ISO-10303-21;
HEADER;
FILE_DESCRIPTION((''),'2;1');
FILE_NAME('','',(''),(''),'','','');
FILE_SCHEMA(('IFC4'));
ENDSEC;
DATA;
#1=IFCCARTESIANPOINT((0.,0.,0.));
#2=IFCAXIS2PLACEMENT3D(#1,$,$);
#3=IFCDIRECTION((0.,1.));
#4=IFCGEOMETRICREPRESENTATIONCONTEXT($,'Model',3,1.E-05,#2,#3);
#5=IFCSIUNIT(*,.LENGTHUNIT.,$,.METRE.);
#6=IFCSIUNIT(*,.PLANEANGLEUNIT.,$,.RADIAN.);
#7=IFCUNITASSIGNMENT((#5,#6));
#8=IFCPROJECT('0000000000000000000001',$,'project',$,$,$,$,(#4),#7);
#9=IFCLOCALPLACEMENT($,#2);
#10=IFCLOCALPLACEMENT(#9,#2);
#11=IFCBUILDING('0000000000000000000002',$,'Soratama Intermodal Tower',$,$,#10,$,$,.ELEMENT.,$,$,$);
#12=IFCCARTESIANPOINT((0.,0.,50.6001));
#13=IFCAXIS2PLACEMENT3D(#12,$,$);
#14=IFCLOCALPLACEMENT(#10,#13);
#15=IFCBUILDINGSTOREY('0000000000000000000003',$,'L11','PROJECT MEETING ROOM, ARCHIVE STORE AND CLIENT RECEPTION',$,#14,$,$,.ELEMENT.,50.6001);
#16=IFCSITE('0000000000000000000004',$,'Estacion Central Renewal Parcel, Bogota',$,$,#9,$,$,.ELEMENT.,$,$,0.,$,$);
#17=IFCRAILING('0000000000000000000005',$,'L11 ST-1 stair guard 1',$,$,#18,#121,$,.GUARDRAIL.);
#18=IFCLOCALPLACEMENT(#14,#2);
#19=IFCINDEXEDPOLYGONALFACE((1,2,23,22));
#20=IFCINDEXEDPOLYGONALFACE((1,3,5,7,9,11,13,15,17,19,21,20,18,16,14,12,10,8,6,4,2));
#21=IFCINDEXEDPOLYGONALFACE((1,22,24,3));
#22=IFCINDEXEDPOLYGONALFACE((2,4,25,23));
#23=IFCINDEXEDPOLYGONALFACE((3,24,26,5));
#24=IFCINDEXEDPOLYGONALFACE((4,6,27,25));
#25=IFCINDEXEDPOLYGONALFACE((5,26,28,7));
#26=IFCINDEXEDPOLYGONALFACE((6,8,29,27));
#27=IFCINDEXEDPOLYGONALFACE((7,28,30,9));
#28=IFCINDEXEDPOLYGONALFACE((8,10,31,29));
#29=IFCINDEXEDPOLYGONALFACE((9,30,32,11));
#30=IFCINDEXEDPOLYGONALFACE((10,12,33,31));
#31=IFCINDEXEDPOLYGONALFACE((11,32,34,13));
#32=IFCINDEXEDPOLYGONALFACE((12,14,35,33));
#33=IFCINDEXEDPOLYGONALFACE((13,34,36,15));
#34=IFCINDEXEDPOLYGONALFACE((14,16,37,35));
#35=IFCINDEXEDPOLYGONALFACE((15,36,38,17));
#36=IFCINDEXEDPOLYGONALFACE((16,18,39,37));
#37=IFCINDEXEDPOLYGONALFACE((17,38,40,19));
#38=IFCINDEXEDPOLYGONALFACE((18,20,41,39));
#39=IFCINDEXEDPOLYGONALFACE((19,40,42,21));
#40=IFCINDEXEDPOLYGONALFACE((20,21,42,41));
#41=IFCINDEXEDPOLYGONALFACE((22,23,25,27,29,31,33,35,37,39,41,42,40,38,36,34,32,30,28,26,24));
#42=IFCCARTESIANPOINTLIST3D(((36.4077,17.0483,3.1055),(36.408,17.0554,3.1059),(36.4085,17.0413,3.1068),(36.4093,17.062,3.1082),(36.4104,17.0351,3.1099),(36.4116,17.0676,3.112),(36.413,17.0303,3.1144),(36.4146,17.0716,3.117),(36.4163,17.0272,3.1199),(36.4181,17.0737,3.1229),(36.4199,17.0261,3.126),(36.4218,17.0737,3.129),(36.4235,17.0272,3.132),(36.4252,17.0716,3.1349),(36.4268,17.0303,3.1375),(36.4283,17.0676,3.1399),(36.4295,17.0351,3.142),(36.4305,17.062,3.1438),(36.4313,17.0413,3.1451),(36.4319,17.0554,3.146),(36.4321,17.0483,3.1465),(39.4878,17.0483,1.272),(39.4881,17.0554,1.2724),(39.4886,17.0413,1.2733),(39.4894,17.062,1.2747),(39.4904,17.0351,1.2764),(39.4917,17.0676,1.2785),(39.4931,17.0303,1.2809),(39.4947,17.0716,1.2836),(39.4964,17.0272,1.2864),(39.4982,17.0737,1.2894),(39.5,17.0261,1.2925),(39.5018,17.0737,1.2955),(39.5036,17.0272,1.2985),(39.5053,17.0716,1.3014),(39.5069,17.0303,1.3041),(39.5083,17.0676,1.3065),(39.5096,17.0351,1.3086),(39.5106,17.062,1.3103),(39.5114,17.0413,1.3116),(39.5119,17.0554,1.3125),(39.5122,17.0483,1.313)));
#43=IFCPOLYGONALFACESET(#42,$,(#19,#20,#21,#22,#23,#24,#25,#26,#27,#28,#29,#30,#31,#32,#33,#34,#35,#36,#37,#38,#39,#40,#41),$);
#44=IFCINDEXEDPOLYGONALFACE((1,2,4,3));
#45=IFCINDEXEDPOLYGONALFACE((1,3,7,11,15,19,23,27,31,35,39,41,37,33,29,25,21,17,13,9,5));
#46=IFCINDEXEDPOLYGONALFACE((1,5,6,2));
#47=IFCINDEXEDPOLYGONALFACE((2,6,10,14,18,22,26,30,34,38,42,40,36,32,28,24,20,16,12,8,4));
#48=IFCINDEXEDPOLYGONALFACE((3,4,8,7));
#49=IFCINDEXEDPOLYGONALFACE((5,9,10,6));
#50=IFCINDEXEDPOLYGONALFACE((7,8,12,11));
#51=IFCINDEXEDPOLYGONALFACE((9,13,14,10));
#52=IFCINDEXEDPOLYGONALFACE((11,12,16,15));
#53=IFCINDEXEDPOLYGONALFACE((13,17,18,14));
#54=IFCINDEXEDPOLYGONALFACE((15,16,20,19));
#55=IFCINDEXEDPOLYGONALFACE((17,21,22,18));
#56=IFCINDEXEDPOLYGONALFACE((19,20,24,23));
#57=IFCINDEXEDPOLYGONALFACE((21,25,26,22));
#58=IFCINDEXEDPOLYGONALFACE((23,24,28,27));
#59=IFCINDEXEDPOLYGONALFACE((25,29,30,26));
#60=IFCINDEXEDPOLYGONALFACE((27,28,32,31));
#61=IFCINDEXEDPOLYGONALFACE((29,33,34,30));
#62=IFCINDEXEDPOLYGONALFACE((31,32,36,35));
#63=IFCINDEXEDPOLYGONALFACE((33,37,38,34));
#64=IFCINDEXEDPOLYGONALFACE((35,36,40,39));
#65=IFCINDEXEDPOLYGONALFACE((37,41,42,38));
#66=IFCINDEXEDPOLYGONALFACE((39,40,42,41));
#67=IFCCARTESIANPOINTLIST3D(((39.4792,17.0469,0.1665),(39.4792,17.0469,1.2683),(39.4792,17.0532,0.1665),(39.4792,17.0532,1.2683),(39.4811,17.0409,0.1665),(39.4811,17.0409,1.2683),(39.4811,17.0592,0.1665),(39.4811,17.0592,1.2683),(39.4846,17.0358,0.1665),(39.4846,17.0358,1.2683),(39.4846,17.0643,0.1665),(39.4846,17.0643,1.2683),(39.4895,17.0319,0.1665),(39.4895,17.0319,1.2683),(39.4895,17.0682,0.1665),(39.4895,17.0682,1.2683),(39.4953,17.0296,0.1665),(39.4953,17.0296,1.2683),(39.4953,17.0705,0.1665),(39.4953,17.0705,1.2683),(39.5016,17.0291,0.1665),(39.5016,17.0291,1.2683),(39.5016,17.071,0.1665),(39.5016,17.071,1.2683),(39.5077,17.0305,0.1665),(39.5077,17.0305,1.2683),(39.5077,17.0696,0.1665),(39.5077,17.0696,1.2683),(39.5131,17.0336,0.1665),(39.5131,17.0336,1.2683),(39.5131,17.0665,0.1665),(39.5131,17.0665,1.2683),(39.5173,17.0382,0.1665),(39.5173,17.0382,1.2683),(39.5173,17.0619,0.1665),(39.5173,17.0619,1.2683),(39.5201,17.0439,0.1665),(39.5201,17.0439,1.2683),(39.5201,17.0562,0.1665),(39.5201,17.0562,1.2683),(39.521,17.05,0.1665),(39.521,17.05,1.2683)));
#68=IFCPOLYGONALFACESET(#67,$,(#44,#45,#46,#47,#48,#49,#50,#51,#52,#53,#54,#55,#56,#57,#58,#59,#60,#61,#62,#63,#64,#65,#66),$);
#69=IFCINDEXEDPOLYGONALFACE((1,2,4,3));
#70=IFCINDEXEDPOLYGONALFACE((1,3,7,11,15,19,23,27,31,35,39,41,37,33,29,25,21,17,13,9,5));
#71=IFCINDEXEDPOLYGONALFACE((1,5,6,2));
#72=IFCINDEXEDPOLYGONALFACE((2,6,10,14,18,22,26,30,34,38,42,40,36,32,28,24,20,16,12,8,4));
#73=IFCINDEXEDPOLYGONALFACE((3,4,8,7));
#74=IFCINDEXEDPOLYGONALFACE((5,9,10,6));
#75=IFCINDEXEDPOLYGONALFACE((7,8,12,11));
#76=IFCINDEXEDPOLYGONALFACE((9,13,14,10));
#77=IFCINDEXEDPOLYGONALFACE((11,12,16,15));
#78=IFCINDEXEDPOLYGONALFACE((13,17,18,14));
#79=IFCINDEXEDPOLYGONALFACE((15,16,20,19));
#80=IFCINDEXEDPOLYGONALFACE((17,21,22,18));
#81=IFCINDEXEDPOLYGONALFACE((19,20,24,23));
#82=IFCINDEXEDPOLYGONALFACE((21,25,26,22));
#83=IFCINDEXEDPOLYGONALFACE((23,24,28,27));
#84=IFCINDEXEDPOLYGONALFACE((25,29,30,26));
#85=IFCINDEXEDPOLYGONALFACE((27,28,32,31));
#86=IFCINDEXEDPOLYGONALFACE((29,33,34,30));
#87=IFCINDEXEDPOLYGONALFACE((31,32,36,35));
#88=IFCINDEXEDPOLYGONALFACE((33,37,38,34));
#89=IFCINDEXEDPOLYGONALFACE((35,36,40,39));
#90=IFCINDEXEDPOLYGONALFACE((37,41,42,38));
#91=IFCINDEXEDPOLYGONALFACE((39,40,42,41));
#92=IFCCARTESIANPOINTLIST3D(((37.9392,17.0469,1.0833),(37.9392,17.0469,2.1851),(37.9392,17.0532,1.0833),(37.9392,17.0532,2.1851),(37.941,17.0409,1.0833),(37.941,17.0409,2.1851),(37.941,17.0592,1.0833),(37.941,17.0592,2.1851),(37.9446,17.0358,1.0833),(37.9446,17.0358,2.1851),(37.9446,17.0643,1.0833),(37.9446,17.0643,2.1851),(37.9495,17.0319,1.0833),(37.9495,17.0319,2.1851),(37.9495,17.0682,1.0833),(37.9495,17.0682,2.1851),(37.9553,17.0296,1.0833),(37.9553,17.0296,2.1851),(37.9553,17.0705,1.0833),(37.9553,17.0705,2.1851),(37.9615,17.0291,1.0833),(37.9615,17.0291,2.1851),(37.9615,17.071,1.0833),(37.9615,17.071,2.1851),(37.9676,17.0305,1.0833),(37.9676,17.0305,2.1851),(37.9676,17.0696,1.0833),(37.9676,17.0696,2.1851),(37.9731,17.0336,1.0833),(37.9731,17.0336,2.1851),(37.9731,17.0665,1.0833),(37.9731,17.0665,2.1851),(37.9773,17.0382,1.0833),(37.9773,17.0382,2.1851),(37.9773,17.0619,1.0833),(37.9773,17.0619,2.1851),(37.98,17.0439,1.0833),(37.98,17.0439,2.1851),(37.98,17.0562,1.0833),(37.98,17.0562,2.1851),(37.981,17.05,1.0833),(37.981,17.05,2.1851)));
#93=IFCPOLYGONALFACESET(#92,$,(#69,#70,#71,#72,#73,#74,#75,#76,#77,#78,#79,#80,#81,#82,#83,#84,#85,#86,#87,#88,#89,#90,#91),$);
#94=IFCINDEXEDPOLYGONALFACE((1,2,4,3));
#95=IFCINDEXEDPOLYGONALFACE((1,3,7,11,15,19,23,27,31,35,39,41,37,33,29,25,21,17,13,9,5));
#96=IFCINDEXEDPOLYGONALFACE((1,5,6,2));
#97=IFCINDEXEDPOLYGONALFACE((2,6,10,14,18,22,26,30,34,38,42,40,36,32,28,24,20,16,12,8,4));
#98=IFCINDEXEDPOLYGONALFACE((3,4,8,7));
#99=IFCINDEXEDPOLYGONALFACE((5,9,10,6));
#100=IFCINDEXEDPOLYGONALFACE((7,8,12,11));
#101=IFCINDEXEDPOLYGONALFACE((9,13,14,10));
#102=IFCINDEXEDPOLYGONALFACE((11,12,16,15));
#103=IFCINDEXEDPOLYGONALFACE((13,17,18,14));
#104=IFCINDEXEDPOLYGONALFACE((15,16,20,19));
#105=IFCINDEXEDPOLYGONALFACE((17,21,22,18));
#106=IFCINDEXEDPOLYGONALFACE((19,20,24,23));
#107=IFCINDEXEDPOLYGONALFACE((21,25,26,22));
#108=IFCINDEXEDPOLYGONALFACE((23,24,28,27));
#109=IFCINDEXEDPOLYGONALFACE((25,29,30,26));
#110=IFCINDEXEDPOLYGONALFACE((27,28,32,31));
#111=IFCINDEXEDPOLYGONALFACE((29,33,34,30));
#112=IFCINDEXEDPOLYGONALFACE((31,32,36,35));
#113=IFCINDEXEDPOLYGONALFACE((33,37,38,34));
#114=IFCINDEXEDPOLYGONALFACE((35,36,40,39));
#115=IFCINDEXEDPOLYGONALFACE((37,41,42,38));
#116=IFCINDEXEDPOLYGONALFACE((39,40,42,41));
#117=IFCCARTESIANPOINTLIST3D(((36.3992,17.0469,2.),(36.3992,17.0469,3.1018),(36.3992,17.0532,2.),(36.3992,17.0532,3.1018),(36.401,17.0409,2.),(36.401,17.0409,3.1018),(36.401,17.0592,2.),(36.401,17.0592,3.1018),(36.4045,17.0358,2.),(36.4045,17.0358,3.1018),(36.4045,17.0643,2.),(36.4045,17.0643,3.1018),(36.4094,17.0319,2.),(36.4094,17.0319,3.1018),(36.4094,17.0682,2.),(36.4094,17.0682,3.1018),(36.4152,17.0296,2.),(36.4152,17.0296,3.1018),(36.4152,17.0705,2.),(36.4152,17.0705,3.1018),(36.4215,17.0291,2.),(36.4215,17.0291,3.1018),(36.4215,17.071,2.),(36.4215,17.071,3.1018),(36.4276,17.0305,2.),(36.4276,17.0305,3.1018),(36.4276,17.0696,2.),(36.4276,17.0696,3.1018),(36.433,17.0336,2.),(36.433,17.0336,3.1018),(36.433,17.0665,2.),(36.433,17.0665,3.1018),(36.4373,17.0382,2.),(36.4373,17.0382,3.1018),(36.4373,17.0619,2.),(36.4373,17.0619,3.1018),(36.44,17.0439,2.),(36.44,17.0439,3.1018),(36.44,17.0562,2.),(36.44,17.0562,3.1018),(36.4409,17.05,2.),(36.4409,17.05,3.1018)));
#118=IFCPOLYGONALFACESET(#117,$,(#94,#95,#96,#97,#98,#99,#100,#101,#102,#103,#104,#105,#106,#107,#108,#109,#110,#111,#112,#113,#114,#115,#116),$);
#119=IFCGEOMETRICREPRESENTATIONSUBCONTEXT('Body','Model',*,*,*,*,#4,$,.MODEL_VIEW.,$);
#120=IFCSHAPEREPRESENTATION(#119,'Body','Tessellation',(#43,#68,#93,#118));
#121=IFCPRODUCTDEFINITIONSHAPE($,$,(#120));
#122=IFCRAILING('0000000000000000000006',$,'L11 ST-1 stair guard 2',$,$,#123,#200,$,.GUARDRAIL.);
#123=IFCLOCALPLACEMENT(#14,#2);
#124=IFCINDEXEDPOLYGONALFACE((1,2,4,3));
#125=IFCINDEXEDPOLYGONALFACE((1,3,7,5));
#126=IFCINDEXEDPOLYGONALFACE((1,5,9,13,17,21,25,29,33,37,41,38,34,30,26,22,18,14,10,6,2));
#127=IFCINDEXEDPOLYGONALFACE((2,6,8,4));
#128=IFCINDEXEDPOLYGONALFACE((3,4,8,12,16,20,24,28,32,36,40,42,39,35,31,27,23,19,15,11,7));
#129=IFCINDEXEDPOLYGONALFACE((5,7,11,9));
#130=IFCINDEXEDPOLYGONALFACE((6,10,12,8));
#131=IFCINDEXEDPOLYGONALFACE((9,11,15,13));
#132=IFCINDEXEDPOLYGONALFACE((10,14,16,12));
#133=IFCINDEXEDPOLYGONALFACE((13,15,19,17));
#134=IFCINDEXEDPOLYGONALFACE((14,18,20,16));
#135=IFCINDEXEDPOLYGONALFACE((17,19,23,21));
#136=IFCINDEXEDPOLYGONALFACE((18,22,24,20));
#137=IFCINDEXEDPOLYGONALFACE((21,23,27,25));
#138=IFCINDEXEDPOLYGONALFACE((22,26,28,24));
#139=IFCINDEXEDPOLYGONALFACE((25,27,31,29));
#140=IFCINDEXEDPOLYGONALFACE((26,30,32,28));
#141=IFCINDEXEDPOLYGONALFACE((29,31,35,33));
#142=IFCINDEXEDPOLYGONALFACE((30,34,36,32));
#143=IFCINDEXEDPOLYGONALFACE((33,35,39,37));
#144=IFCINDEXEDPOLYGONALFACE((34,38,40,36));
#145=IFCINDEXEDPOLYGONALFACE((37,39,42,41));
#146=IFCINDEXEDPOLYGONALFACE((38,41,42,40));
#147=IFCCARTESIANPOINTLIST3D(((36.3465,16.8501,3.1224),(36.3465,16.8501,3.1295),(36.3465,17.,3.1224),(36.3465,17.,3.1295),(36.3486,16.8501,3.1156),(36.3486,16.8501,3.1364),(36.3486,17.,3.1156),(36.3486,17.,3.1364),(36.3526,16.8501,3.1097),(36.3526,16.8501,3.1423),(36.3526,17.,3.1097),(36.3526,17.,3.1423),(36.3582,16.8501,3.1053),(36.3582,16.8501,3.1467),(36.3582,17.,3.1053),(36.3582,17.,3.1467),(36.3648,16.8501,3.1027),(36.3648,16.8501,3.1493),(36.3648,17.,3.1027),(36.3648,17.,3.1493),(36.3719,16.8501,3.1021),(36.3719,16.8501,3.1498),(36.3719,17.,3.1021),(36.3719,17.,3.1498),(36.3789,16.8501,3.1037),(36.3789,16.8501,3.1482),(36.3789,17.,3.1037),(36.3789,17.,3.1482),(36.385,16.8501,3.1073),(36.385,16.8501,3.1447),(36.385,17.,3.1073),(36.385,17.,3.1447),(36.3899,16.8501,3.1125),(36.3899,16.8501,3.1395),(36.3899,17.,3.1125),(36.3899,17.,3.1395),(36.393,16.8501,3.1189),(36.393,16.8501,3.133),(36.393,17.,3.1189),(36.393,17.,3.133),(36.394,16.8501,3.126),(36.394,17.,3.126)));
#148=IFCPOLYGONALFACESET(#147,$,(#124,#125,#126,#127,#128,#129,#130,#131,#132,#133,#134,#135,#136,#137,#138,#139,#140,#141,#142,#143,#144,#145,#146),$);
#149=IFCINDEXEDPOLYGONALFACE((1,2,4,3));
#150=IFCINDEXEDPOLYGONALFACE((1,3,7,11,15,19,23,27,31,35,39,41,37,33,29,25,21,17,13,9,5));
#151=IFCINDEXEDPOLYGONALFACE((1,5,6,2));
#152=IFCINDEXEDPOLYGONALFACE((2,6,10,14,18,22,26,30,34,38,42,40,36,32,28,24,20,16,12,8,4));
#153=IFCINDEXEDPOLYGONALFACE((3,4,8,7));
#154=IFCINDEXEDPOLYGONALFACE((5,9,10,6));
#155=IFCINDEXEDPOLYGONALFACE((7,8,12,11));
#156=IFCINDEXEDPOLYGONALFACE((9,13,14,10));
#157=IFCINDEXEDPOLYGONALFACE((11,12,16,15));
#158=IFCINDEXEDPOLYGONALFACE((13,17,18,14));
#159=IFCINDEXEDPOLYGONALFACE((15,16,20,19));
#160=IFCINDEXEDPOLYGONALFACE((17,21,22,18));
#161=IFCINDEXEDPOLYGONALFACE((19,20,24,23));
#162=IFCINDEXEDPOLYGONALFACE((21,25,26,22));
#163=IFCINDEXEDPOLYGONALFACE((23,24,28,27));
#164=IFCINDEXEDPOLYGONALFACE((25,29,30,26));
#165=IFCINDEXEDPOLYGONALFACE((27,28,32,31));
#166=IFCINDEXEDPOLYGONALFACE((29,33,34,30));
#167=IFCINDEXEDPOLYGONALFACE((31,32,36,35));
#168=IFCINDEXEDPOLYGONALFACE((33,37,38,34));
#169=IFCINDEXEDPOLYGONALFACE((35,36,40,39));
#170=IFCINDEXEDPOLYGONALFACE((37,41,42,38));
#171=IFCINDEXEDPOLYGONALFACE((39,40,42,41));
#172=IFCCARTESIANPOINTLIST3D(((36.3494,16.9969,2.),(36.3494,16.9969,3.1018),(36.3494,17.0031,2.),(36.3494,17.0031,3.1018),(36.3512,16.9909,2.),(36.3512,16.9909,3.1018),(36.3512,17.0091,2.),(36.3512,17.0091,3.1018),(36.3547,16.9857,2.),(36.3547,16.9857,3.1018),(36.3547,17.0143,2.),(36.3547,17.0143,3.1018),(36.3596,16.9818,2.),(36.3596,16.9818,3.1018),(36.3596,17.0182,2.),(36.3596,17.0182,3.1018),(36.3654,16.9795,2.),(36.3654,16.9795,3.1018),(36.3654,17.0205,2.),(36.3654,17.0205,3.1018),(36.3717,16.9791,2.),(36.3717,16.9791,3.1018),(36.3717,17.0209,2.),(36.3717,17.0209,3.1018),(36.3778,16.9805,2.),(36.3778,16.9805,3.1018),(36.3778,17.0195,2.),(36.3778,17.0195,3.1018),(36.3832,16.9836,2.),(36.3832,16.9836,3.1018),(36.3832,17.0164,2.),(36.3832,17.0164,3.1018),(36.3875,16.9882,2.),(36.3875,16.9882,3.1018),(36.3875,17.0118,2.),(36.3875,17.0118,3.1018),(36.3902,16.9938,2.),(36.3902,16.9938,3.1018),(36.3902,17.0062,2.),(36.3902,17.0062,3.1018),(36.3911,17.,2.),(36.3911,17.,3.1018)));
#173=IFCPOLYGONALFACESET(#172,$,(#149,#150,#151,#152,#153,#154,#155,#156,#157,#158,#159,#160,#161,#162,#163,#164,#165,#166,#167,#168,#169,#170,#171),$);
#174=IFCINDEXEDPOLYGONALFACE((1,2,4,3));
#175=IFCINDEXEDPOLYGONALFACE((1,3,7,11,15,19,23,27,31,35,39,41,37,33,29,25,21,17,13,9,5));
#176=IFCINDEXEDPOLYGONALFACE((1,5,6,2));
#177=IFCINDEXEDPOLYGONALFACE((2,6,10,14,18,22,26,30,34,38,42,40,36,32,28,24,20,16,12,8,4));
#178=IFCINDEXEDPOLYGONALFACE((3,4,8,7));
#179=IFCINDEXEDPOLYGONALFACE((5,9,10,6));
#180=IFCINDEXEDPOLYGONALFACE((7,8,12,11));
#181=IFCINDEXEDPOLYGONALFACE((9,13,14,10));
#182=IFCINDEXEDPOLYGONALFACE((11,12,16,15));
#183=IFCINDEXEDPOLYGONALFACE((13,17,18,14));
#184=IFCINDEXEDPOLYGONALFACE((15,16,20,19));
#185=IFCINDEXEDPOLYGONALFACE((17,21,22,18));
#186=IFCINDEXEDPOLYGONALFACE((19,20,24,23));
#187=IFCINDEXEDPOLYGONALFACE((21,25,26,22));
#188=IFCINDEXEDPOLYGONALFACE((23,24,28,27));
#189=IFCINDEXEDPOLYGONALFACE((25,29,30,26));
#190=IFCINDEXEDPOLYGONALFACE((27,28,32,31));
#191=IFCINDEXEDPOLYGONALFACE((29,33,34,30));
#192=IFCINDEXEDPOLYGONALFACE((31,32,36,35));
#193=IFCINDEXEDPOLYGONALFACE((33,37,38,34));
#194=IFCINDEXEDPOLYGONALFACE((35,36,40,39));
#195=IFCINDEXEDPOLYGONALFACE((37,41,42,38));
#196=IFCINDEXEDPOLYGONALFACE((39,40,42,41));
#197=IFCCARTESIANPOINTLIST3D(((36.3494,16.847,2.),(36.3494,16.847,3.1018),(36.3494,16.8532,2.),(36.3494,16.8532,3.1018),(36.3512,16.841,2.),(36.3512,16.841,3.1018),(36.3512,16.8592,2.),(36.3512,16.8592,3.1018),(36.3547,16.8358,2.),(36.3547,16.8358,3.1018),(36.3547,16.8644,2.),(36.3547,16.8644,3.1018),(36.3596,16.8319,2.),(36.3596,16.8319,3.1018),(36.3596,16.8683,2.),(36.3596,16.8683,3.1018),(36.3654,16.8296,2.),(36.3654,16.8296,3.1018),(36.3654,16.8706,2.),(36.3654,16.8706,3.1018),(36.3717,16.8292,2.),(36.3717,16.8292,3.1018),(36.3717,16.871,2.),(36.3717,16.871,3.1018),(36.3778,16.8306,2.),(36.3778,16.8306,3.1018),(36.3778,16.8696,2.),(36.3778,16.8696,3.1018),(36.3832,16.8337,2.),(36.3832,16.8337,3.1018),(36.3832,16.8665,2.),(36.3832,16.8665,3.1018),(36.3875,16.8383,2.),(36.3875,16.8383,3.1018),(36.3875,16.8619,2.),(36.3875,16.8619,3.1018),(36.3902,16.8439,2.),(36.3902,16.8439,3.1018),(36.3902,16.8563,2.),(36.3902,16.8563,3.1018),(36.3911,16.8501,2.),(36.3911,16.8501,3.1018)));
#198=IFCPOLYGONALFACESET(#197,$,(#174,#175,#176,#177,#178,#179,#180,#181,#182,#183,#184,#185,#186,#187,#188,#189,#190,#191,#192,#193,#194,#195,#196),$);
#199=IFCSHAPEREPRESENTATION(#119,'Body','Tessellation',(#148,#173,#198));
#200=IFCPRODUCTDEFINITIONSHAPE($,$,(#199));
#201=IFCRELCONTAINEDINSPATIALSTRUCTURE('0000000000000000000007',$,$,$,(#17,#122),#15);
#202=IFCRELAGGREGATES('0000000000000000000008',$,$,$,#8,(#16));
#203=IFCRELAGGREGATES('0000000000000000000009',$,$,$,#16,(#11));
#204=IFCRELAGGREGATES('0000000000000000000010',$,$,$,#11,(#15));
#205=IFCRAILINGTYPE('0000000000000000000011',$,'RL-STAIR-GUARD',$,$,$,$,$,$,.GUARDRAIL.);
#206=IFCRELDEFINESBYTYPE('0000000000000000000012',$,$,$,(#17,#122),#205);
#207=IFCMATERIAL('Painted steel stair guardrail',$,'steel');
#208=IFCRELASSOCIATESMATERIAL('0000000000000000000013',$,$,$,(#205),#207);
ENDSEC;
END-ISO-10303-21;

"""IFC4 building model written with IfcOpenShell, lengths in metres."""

from ifc_helpers import new_model, si_unit, direction, frame, origin, origin_2d, place, context, subcontext, project, spatial, circle, extrude, material, type_object, element, save


model = new_model("IFC4")

# Units and contexts
model_context = context("Model", 3, precision=1e-05, world=origin(), true_north=direction((0.0, 1.0)))
body_context = subcontext(model_context, "Body", "Model", "MODEL_VIEW")
ifc_project = project(units=[si_unit("LENGTHUNIT", "METRE"), si_unit("PLANEANGLEUNIT", "RADIAN")], contexts=[model_context])

# Site, building, storey
site_placement = place(None, origin())
site = spatial("IfcSite", under=ifc_project, at=site_placement, Name="Estacion Central Renewal Parcel, Bogota", CompositionType="ELEMENT", RefElevation=0.0)
building_placement = place(site_placement, origin())
building = spatial("IfcBuilding", under=site, at=building_placement, Name="Soratama Intermodal Tower", CompositionType="ELEMENT")
storey_placement = place(building_placement, frame((0.0, 0.0, 50.6001)))
storey = spatial("IfcBuildingStorey", under=building, at=storey_placement, Name="L11", Description="PROJECT MEETING ROOM, ARCHIVE STORE AND CLIENT RECEPTION", CompositionType="ELEMENT", Elevation=50.6001)

# Railings
ifc_material_1 = material(Name="Painted steel stair guardrail", Category="steel")
railing_type_1 = type_object("IfcRailingType", Name="RL-STAIR-GUARD", PredefinedType="GUARDRAIL", material=ifc_material_1)
railing_1_placement = place(storey_placement, frame((39.5, 17.05, 0.1665)))
element("IfcRailing", 1, at=railing_1_placement, inside=storey, type_object=railing_type_1, Name="L11 ST-1 stair guard 1", PredefinedType="GUARDRAIL", context=body_context, shape_type="SweptSolid", body=[
    extrude(circle(Radius=0.0239, at=origin_2d()), frame((0.0, 0.0, 1.126), z_axis=(-0.859279, 0.0, 0.511508), x_axis=(0.0, -1.0, 0.0)), (0.0, 0.0, 1.0), 3.5845),
    extrude(circle(Radius=0.021, at=origin_2d()), origin(), (0.0, 0.0, 1.0), 1.1018),
    extrude(circle(Radius=0.021, at=origin_2d()), frame((-1.54, 0.0, 0.9167)), (0.0, 0.0, 1.0), 1.1018),
    extrude(circle(Radius=0.021, at=origin_2d()), frame((-3.0801, 0.0, 1.8335)), (0.0, 0.0, 1.0), 1.1018),
])
railing_2_placement = place(storey_placement, frame((36.3701, 17.0, 2.0)))
element("IfcRailing", 2, at=railing_2_placement, inside=storey, type_object=railing_type_1, Name="L11 ST-1 stair guard 2", PredefinedType="GUARDRAIL", context=body_context, shape_type="SweptSolid", body=[
    extrude(circle(Radius=0.0239, at=origin_2d()), frame((0.0, 0.0, 1.126), z_axis=(0.0, -1.0, 0.0), x_axis=(1.0, 0.0, 0.0)), (0.0, 0.0, 1.0), 0.1499),
    extrude(circle(Radius=0.021, at=origin_2d()), origin(), (0.0, 0.0, 1.0), 1.1018),
    extrude(circle(Radius=0.021, at=origin_2d()), frame((0.0, -0.1499, 0.0)), (0.0, 0.0, 1.0), 1.1018),
])

save(model, "model.ifc")
